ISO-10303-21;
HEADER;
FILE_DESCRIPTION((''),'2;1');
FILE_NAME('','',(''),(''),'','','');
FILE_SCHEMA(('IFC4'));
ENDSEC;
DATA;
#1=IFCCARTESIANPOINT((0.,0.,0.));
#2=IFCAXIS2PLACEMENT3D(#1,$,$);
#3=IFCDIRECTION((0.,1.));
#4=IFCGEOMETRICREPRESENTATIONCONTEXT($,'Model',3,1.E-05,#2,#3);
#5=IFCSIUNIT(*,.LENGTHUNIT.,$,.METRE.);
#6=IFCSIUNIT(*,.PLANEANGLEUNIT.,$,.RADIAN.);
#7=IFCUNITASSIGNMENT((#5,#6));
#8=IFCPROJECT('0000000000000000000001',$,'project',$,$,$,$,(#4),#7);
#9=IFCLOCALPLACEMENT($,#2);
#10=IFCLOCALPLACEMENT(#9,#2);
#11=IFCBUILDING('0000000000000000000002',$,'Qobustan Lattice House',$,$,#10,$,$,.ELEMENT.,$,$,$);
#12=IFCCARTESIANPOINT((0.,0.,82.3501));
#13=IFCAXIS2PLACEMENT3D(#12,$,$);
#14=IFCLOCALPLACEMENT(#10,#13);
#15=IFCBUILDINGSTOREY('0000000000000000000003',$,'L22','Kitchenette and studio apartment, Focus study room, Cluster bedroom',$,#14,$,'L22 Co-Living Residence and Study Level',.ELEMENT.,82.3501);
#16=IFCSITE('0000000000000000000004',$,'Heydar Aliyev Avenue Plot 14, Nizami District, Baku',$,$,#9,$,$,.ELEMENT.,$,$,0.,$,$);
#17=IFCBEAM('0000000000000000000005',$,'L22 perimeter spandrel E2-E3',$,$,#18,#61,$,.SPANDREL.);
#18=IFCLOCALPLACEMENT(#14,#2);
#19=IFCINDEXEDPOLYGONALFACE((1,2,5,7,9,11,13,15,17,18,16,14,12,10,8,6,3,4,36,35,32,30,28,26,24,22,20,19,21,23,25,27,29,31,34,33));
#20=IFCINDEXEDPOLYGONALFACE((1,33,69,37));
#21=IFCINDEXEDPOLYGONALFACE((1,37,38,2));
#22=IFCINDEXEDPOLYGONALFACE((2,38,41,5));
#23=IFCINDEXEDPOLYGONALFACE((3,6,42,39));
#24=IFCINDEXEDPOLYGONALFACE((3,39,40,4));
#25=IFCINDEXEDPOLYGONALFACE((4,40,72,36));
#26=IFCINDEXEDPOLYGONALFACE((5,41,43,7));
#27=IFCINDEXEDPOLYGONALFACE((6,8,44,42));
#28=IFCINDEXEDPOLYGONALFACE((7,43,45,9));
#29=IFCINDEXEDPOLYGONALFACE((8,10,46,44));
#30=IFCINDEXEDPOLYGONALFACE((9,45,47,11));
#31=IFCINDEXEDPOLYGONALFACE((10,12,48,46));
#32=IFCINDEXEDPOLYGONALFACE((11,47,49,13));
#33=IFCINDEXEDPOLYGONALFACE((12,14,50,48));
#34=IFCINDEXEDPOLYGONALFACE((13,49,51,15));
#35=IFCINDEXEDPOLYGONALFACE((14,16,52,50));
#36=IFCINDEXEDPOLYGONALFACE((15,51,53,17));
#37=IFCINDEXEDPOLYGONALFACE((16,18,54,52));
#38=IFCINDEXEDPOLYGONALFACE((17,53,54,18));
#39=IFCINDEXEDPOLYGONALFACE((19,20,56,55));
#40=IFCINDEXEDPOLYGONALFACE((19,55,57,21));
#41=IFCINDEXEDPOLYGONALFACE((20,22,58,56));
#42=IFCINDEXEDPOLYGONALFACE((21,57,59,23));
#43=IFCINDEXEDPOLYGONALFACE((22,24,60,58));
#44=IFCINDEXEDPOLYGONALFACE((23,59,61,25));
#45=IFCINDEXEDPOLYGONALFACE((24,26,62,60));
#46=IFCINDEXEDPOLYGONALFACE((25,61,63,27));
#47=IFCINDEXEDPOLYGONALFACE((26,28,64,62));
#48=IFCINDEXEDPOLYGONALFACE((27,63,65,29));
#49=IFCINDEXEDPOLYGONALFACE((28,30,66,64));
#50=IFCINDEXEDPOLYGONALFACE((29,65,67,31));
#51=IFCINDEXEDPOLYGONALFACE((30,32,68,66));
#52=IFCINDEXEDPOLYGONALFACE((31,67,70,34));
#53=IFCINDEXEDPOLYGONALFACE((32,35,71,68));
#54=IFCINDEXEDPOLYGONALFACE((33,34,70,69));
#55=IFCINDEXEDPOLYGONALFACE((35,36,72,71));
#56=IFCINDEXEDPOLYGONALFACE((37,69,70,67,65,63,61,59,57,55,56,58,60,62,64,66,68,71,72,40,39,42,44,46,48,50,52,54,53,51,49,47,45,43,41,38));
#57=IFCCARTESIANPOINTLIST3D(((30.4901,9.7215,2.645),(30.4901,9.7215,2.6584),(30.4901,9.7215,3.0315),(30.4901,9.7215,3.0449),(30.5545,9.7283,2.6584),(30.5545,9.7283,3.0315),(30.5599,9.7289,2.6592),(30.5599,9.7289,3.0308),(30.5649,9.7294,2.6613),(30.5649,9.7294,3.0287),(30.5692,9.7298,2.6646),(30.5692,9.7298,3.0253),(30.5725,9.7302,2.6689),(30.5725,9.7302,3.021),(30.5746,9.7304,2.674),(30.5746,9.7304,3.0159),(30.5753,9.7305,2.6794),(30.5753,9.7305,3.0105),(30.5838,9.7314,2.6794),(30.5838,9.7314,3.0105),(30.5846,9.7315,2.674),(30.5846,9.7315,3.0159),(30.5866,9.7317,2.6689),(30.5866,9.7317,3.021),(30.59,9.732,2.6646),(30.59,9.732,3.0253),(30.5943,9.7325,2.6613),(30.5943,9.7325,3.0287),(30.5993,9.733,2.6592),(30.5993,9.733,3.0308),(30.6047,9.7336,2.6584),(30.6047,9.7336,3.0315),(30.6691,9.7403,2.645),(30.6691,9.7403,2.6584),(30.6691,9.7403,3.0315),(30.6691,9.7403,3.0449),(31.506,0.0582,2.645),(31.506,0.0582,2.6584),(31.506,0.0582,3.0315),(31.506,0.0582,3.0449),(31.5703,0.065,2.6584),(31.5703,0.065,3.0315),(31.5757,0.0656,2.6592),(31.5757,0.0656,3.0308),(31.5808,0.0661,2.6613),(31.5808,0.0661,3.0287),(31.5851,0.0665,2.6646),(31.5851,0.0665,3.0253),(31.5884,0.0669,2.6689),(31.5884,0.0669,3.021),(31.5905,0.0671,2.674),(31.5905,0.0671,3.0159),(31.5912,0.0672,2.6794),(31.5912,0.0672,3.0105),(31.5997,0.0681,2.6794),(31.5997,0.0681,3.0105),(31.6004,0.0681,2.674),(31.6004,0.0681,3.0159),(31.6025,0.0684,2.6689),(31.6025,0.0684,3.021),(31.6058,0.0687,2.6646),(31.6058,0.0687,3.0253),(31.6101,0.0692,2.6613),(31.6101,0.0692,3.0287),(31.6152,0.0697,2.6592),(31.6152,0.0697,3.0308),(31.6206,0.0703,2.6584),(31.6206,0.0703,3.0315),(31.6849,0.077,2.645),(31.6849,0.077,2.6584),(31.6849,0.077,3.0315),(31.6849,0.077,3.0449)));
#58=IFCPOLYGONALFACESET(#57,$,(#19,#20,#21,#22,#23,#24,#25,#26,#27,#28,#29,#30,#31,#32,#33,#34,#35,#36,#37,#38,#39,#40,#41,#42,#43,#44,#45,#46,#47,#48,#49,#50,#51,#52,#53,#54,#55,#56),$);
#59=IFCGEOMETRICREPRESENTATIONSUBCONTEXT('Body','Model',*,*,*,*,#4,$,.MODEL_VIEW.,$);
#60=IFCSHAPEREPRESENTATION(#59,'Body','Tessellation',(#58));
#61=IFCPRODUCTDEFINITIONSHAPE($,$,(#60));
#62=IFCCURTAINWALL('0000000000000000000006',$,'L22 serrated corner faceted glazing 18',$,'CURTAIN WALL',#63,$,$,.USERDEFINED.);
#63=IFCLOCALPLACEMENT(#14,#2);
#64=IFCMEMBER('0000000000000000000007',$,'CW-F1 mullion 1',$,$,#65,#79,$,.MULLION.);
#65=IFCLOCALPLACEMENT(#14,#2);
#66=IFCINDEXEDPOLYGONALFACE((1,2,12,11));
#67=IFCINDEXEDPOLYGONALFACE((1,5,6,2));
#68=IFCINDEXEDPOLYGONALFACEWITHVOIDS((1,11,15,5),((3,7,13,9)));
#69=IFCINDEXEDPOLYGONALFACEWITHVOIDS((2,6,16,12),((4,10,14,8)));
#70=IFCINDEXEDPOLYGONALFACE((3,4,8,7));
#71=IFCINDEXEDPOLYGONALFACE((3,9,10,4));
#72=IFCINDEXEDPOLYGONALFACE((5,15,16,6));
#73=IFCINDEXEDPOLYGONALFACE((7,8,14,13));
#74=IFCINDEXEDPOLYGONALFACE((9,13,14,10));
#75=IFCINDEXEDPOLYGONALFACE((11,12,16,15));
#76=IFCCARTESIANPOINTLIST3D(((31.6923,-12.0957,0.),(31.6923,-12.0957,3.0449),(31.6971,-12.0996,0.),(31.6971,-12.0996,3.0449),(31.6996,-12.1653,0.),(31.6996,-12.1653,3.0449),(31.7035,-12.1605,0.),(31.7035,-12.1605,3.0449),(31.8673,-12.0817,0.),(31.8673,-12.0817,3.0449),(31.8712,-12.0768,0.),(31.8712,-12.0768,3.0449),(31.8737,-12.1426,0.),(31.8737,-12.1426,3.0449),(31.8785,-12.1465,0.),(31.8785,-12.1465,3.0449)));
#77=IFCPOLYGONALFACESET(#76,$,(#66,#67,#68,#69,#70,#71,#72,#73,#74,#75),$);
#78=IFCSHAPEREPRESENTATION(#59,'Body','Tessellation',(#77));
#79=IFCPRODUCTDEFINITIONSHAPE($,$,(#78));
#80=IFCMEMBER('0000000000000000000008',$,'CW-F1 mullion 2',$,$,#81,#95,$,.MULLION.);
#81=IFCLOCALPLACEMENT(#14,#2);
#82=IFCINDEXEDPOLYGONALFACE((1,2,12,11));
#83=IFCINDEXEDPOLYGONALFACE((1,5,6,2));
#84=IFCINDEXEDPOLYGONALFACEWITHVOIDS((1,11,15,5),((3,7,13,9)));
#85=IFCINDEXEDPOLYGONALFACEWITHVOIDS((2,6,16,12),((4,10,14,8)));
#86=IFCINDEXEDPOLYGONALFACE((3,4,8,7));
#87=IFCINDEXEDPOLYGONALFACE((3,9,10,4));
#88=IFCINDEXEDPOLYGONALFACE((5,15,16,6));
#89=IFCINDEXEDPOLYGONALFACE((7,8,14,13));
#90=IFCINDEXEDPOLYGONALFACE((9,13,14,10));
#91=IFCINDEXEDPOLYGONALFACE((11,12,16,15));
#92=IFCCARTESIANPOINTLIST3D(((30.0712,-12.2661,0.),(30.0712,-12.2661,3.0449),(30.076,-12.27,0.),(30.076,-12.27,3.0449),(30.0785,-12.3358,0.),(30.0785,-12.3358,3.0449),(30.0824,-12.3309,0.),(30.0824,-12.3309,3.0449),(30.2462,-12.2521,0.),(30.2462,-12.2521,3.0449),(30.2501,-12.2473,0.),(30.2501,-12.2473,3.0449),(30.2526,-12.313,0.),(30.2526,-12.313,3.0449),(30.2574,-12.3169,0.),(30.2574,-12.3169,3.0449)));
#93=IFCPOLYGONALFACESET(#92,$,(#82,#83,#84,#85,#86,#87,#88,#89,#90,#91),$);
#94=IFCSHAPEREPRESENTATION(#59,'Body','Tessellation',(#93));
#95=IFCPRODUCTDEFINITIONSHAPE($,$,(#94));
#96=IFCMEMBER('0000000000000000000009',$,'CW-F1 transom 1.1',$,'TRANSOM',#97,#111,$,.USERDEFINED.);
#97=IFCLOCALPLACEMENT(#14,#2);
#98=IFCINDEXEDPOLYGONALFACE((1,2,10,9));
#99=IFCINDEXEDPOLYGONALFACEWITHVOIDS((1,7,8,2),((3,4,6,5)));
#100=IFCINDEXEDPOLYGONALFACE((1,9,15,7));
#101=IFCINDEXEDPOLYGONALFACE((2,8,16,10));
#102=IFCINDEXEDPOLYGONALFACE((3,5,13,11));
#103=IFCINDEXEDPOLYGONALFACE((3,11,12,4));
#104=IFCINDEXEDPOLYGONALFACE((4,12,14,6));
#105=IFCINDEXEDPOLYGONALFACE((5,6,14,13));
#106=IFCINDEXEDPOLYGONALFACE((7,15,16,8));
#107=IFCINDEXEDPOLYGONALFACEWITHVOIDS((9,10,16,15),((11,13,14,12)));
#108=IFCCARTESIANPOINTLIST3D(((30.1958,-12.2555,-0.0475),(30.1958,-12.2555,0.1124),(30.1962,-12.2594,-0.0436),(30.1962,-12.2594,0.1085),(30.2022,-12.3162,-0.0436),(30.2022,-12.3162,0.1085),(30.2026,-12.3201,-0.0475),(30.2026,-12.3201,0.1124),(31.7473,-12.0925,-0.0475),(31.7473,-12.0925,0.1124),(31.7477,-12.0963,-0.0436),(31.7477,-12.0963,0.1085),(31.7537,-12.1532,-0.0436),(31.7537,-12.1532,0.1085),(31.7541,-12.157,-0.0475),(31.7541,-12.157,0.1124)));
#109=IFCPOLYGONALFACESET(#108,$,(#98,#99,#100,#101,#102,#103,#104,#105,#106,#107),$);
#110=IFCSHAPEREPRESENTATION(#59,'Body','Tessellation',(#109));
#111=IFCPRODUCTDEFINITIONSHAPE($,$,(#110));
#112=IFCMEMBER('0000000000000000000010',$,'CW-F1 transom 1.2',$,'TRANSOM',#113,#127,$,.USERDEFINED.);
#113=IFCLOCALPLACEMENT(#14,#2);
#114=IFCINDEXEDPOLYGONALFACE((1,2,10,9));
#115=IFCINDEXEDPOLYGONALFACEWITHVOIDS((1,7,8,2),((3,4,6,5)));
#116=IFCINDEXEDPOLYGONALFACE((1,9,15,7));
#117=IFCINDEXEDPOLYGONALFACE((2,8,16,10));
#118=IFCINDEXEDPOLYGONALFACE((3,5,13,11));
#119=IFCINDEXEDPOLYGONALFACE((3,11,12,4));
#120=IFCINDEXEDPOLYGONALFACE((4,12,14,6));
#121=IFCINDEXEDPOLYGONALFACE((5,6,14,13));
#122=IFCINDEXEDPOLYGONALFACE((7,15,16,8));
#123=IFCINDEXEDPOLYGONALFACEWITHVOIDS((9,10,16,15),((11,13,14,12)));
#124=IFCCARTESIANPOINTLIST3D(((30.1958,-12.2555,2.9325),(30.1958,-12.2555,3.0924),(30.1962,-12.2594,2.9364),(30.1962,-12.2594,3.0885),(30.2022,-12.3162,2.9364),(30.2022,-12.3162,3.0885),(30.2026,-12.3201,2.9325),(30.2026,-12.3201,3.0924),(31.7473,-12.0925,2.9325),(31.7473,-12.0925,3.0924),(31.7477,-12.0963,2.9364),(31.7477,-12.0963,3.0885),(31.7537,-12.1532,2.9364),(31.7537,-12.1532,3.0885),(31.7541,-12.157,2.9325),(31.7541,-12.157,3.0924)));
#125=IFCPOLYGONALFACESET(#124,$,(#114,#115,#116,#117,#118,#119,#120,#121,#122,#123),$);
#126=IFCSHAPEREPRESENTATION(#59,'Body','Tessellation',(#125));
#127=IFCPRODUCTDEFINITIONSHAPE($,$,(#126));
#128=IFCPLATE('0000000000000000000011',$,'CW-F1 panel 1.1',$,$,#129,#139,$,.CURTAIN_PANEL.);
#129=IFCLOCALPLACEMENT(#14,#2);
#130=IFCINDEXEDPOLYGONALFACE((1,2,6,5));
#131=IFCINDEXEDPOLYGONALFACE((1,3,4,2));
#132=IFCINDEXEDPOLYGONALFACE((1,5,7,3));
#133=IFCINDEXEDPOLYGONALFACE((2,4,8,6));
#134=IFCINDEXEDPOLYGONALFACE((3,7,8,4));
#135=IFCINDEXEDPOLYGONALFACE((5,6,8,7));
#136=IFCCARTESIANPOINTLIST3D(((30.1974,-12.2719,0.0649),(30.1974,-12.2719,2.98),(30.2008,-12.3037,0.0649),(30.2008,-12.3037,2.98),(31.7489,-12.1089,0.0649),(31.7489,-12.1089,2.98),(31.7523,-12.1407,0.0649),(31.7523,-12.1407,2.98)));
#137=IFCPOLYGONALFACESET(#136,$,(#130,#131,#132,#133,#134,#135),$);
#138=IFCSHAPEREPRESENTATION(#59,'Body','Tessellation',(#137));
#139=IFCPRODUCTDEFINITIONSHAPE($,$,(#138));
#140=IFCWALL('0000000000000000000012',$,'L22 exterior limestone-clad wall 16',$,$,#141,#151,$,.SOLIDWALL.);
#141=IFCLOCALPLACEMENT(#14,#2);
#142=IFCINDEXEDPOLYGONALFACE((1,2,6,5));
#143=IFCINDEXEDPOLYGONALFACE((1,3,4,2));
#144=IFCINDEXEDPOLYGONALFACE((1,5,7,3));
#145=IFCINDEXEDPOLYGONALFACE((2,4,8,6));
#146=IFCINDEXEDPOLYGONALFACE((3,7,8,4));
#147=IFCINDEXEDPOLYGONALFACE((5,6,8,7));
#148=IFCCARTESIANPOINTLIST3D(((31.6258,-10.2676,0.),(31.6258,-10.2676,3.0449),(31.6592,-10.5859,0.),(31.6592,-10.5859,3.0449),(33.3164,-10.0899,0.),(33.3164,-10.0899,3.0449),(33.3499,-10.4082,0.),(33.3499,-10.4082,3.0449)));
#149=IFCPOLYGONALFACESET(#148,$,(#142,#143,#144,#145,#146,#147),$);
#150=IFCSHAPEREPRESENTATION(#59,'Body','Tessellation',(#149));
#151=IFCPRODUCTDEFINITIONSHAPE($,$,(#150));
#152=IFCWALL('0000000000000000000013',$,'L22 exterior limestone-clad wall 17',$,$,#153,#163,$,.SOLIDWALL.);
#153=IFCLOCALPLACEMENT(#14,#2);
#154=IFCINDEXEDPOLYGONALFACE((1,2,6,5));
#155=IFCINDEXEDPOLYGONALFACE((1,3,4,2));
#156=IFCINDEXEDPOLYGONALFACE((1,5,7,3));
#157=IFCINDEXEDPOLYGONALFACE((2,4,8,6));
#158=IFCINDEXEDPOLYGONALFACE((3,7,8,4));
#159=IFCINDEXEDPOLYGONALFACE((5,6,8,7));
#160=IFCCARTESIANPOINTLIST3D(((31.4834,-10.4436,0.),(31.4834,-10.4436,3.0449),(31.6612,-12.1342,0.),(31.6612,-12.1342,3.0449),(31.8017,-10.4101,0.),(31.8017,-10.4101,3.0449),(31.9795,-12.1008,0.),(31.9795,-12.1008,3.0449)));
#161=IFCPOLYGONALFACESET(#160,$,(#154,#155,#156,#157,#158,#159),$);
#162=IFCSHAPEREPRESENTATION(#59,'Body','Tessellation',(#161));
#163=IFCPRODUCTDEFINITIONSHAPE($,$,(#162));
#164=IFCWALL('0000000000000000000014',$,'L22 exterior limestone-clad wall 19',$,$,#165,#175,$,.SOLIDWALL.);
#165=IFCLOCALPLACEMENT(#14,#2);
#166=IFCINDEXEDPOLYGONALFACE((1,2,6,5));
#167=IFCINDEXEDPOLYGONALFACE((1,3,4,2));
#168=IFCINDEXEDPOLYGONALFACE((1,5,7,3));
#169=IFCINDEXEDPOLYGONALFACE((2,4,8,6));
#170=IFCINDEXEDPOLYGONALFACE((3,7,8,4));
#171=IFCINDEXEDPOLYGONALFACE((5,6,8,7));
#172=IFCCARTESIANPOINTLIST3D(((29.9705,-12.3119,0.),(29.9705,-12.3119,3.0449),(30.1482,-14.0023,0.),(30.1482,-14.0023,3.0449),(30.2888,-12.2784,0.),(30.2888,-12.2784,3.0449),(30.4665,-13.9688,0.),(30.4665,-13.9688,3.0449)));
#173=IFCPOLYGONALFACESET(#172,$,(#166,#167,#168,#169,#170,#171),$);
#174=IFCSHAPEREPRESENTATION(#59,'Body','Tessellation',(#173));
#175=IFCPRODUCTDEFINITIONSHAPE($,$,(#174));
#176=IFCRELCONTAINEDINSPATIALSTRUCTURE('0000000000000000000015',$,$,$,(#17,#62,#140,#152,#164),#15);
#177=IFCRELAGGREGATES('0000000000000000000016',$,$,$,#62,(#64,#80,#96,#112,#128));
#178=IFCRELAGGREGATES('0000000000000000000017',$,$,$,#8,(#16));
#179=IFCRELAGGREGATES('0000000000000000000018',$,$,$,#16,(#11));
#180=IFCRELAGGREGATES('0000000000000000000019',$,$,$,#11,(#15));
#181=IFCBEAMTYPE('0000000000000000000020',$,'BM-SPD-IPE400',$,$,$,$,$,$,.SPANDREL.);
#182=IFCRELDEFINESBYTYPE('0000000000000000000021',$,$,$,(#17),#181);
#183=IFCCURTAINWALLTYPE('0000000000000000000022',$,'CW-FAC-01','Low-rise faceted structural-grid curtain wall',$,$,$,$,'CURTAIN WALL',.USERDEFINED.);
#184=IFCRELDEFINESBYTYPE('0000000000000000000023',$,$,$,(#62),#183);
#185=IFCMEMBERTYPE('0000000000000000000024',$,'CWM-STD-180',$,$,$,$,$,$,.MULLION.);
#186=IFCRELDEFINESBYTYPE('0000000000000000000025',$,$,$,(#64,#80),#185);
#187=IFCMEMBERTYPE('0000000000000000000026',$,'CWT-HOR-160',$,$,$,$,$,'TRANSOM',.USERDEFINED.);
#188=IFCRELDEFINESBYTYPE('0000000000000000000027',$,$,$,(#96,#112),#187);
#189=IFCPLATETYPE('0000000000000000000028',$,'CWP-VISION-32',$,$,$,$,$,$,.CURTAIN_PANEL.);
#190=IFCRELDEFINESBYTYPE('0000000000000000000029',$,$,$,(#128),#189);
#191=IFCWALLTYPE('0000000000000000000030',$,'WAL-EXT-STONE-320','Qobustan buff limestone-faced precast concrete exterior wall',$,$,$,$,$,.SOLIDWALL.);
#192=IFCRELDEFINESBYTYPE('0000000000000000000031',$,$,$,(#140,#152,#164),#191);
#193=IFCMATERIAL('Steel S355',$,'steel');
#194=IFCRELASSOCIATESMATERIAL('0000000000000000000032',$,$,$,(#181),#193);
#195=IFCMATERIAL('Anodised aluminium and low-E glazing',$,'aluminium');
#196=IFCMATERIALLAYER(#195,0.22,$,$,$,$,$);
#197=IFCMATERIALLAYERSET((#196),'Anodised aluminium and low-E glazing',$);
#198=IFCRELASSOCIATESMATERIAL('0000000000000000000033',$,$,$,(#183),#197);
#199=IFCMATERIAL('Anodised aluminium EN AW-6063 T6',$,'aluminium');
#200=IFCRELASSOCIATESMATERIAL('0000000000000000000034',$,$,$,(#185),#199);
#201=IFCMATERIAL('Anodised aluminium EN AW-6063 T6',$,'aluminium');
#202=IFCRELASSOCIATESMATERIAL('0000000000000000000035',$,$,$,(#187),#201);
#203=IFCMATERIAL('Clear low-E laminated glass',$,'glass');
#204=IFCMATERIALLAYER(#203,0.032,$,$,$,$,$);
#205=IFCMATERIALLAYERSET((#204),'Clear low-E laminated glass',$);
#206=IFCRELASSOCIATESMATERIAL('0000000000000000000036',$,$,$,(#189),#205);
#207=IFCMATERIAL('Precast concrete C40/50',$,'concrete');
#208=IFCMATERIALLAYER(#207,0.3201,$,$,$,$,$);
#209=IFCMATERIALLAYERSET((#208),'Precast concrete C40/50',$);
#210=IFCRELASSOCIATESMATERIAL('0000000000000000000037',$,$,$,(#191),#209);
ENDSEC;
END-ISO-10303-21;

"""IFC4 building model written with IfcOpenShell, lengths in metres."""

from ifc_helpers import new_model, si_unit, direction, frame, frame_2d, origin, origin_2d, place, context, subcontext, project, spatial, rectangle, hollow_rectangle, i_section, extrude, material, layer, layer_set, material_profile, profile_set, type_object, element, aggregate, save


model = new_model("IFC4")

# Units and contexts
model_context = context("Model", 3, precision=1e-05, world=origin(), true_north=direction((0.0, 1.0)))
body_context = subcontext(model_context, "Body", "Model", "MODEL_VIEW")
ifc_project = project(units=[si_unit("LENGTHUNIT", "METRE"), si_unit("PLANEANGLEUNIT", "RADIAN")], contexts=[model_context])

# Site, building, storey
site_placement = place(None, origin())
site = spatial("IfcSite", under=ifc_project, at=site_placement, Name="Heydar Aliyev Avenue Plot 14, Nizami District, Baku", CompositionType="ELEMENT", RefElevation=0.0)
building_placement = place(site_placement, origin())
building = spatial("IfcBuilding", under=site, at=building_placement, Name="Qobustan Lattice House", CompositionType="ELEMENT")
storey_placement = place(building_placement, frame((0.0, 0.0, 82.3501)))
storey = spatial("IfcBuildingStorey", under=building, at=storey_placement, Name="L22", Description="Kitchenette and studio apartment, Focus study room, Cluster bedroom", LongName="L22 Co-Living Residence and Study Level", CompositionType="ELEMENT", Elevation=82.3501)

# Beam
ifc_material_1 = material(Name="Steel S355", Category="steel")
ifc_material_profile_1 = material_profile(ifc_material_1, i_section(OverallWidth=0.1799, OverallDepth=0.3999, WebThickness=0.0085, FlangeThickness=0.0134, FilletRadius=0.021, at=origin_2d()), Name="IPE400")
ifc_profile_set_1 = profile_set([ifc_material_profile_1], Name="Steel S355")
beam_type_1 = type_object("IfcBeamType", Name="BM-SPD-IPE400", PredefinedType="SPANDREL", material=ifc_profile_set_1)
for number, where, z_axis, x_axis, name in (
    (1, (31.5955, 0.0676, 2.845), (-0.10455, 0.99452, 0.0), (-0.99452, -0.10455, 0.0), "L22 perimeter spandrel E2-E3"),
):
    element("IfcBeam", number, at=place(storey_placement, frame(where, z_axis=z_axis, x_axis=x_axis)), inside=storey, type_object=beam_type_1, Name=name, PredefinedType="SPANDREL", context=body_context, shape_type="SweptSolid", body=[
        extrude(i_section(OverallWidth=0.1799, OverallDepth=0.3999, WebThickness=0.0085, FlangeThickness=0.0134, FilletRadius=0.021, at=origin_2d()), origin(), (0.0, 0.0, 1.0), 9.7166),
    ])

# Curtain wall, members, plate
ifc_material_2 = material(Name="Anodised aluminium and low-E glazing", Category="aluminium")
ifc_layer_1 = layer(ifc_material_2, 0.22)
ifc_layer_set_1 = layer_set([ifc_layer_1], Name="Anodised aluminium and low-E glazing")
curtain_wall_type = type_object("IfcCurtainWallType", Name="CW-FAC-01", Description="Low-rise faceted structural-grid curtain wall", ElementType="CURTAIN WALL", PredefinedType="USERDEFINED", material=ifc_layer_set_1)
curtain_wall_placement = place(storey_placement, origin())
curtain_wall = element("IfcCurtainWall", 2, at=curtain_wall_placement, inside=storey, type_object=curtain_wall_type, Name="L22 serrated corner faceted glazing 18", ObjectType="CURTAIN WALL", PredefinedType="USERDEFINED")
ifc_material_3 = material(Name="Anodised aluminium EN AW-6063 T6", Category="aluminium")
ifc_material_profile_2 = material_profile(ifc_material_3, hollow_rectangle(XDim=0.0701, YDim=0.1799, WallThickness=0.0044, at=origin_2d()), Name="CWM-180x70")
ifc_profile_set_2 = profile_set([ifc_material_profile_2], Name="Anodised aluminium EN AW-6063 T6")
member_type_1 = type_object("IfcMemberType", Name="CWM-STD-180", PredefinedType="MULLION", material=ifc_profile_set_2)
member_1_placement = place(storey_placement, frame((31.7854, -12.1211, 0.0), z_axis=(0.0, 0.0, 1.0), x_axis=(0.104529, -0.994522, 0.0)))
member_1 = element("IfcMember", 3, at=member_1_placement, type_object=member_type_1, Name="CW-F1 mullion 1", PredefinedType="MULLION", context=body_context, shape_type="SweptSolid", body=[
    extrude(hollow_rectangle(XDim=0.0701, YDim=0.1799, WallThickness=0.0044, at=origin_2d()), origin(), (0.0, 0.0, 1.0), 3.0449),
])
member_2_placement = place(storey_placement, frame((30.1643, -12.2915, 0.0), z_axis=(0.0, 0.0, 1.0), x_axis=(0.104529, -0.994522, 0.0)))
member_2 = element("IfcMember", 4, at=member_2_placement, type_object=member_type_1, Name="CW-F1 mullion 2", PredefinedType="MULLION", context=body_context, shape_type="SweptSolid", body=[
    extrude(hollow_rectangle(XDim=0.0701, YDim=0.1799, WallThickness=0.0044, at=origin_2d()), origin(), (0.0, 0.0, 1.0), 3.0449),
])
ifc_material_4 = material(Name="Anodised aluminium EN AW-6063 T6", Category="aluminium")
ifc_material_profile_3 = material_profile(ifc_material_4, hollow_rectangle(XDim=0.0649, YDim=0.1599, WallThickness=0.0039, at=origin_2d()), Name="CWT-160x65")
ifc_profile_set_3 = profile_set([ifc_material_profile_3], Name="Anodised aluminium EN AW-6063 T6")
member_type_2 = type_object("IfcMemberType", Name="CWT-HOR-160", ElementType="TRANSOM", PredefinedType="USERDEFINED", material=ifc_profile_set_3)
member_3_placement = place(storey_placement, frame((31.7507, -12.1248, 0.0325), z_axis=(-0.994521, -0.104538, 0.0), x_axis=(0.104538, -0.994521, 0.0)))
member_3 = element("IfcMember", 5, at=member_3_placement, type_object=member_type_2, Name="CW-F1 transom 1.1", ObjectType="TRANSOM", PredefinedType="USERDEFINED", context=body_context, shape_type="SweptSolid", body=[
    extrude(hollow_rectangle(XDim=0.0649, YDim=0.1599, WallThickness=0.0039, at=origin_2d()), origin(), (0.0, 0.0, 1.0), 1.5601),
])
member_4_placement = place(storey_placement, frame((31.7507, -12.1248, 3.0125), z_axis=(-0.994521, -0.104538, 0.0), x_axis=(0.104538, -0.994521, 0.0)))
member_4 = element("IfcMember", 6, at=member_4_placement, type_object=member_type_2, Name="CW-F1 transom 1.2", ObjectType="TRANSOM", PredefinedType="USERDEFINED", context=body_context, shape_type="SweptSolid", body=[
    extrude(hollow_rectangle(XDim=0.0649, YDim=0.1599, WallThickness=0.0039, at=origin_2d()), origin(), (0.0, 0.0, 1.0), 1.5601),
])
ifc_material_5 = material(Name="Clear low-E laminated glass", Category="glass")
ifc_layer_2 = layer(ifc_material_5, 0.032)
ifc_layer_set_2 = layer_set([ifc_layer_2], Name="Clear low-E laminated glass")
plate_type = type_object("IfcPlateType", Name="CWP-VISION-32", PredefinedType="CURTAIN_PANEL", material=ifc_layer_set_2)
plate_placement = place(storey_placement, frame((30.9749, -12.2063, 0.0649), z_axis=(0.0, 0.0, 1.0), x_axis=(-0.994522, -0.104529, 0.0)))
plate = element("IfcPlate", 7, at=plate_placement, type_object=plate_type, Name="CW-F1 panel 1.1", PredefinedType="CURTAIN_PANEL", context=body_context, shape_type="SweptSolid", body=[
    extrude(rectangle(XDim=1.5601, YDim=0.032, at=origin_2d()), origin(), (0.0, 0.0, 1.0), 2.915),
])
aggregate(curtain_wall, [member_1, member_2, member_3, member_4, plate])

# Walls
ifc_material_6 = material(Name="Precast concrete C40/50", Category="concrete")
ifc_layer_3 = layer(ifc_material_6, 0.3201)
ifc_layer_set_3 = layer_set([ifc_layer_3], Name="Precast concrete C40/50")
wall_type = type_object("IfcWallType", Name="WAL-EXT-STONE-320", Description="Qobustan buff limestone-faced precast concrete exterior wall", PredefinedType="SOLIDWALL", material=ifc_layer_set_3)
for number, where, z_axis, x_axis, name in (
    (8, (33.3333, -10.249, 0.0), (0.0, 0.0, 1.0), (-0.99452, -0.10455, 0.0), "L22 exterior limestone-clad wall 16"),
    (9, (31.6426, -10.4268, 0.0), (0.0, 0.0, 1.0), (0.10455, -0.99452, 0.0), "L22 exterior limestone-clad wall 17"),
):
    element("IfcWall", number, at=place(storey_placement, frame(where, z_axis=z_axis, x_axis=x_axis)), inside=storey, type_object=wall_type, Name=name, PredefinedType="SOLIDWALL", context=body_context, shape_type="SweptSolid", body=[
        extrude(rectangle(XDim=1.7, YDim=0.3201, at=frame_2d((0.8501, 0.0))), origin(), (0.0, 0.0, 1.0), 3.0449),
    ])
wall_1_placement = place(storey_placement, frame((30.1296, -12.2952, 0.0), z_axis=(0.0, 0.0, 1.0), x_axis=(0.104565, -0.994518, 0.0)))
element("IfcWall", 10, at=wall_1_placement, inside=storey, type_object=wall_type, Name="L22 exterior limestone-clad wall 19", PredefinedType="SOLIDWALL", context=body_context, shape_type="SweptSolid", body=[
    extrude(rectangle(XDim=1.6997, YDim=0.3201, at=frame_2d((0.8499, 0.0))), origin(), (0.0, 0.0, 1.0), 3.0449),
])

save(model, "model.ifc")
